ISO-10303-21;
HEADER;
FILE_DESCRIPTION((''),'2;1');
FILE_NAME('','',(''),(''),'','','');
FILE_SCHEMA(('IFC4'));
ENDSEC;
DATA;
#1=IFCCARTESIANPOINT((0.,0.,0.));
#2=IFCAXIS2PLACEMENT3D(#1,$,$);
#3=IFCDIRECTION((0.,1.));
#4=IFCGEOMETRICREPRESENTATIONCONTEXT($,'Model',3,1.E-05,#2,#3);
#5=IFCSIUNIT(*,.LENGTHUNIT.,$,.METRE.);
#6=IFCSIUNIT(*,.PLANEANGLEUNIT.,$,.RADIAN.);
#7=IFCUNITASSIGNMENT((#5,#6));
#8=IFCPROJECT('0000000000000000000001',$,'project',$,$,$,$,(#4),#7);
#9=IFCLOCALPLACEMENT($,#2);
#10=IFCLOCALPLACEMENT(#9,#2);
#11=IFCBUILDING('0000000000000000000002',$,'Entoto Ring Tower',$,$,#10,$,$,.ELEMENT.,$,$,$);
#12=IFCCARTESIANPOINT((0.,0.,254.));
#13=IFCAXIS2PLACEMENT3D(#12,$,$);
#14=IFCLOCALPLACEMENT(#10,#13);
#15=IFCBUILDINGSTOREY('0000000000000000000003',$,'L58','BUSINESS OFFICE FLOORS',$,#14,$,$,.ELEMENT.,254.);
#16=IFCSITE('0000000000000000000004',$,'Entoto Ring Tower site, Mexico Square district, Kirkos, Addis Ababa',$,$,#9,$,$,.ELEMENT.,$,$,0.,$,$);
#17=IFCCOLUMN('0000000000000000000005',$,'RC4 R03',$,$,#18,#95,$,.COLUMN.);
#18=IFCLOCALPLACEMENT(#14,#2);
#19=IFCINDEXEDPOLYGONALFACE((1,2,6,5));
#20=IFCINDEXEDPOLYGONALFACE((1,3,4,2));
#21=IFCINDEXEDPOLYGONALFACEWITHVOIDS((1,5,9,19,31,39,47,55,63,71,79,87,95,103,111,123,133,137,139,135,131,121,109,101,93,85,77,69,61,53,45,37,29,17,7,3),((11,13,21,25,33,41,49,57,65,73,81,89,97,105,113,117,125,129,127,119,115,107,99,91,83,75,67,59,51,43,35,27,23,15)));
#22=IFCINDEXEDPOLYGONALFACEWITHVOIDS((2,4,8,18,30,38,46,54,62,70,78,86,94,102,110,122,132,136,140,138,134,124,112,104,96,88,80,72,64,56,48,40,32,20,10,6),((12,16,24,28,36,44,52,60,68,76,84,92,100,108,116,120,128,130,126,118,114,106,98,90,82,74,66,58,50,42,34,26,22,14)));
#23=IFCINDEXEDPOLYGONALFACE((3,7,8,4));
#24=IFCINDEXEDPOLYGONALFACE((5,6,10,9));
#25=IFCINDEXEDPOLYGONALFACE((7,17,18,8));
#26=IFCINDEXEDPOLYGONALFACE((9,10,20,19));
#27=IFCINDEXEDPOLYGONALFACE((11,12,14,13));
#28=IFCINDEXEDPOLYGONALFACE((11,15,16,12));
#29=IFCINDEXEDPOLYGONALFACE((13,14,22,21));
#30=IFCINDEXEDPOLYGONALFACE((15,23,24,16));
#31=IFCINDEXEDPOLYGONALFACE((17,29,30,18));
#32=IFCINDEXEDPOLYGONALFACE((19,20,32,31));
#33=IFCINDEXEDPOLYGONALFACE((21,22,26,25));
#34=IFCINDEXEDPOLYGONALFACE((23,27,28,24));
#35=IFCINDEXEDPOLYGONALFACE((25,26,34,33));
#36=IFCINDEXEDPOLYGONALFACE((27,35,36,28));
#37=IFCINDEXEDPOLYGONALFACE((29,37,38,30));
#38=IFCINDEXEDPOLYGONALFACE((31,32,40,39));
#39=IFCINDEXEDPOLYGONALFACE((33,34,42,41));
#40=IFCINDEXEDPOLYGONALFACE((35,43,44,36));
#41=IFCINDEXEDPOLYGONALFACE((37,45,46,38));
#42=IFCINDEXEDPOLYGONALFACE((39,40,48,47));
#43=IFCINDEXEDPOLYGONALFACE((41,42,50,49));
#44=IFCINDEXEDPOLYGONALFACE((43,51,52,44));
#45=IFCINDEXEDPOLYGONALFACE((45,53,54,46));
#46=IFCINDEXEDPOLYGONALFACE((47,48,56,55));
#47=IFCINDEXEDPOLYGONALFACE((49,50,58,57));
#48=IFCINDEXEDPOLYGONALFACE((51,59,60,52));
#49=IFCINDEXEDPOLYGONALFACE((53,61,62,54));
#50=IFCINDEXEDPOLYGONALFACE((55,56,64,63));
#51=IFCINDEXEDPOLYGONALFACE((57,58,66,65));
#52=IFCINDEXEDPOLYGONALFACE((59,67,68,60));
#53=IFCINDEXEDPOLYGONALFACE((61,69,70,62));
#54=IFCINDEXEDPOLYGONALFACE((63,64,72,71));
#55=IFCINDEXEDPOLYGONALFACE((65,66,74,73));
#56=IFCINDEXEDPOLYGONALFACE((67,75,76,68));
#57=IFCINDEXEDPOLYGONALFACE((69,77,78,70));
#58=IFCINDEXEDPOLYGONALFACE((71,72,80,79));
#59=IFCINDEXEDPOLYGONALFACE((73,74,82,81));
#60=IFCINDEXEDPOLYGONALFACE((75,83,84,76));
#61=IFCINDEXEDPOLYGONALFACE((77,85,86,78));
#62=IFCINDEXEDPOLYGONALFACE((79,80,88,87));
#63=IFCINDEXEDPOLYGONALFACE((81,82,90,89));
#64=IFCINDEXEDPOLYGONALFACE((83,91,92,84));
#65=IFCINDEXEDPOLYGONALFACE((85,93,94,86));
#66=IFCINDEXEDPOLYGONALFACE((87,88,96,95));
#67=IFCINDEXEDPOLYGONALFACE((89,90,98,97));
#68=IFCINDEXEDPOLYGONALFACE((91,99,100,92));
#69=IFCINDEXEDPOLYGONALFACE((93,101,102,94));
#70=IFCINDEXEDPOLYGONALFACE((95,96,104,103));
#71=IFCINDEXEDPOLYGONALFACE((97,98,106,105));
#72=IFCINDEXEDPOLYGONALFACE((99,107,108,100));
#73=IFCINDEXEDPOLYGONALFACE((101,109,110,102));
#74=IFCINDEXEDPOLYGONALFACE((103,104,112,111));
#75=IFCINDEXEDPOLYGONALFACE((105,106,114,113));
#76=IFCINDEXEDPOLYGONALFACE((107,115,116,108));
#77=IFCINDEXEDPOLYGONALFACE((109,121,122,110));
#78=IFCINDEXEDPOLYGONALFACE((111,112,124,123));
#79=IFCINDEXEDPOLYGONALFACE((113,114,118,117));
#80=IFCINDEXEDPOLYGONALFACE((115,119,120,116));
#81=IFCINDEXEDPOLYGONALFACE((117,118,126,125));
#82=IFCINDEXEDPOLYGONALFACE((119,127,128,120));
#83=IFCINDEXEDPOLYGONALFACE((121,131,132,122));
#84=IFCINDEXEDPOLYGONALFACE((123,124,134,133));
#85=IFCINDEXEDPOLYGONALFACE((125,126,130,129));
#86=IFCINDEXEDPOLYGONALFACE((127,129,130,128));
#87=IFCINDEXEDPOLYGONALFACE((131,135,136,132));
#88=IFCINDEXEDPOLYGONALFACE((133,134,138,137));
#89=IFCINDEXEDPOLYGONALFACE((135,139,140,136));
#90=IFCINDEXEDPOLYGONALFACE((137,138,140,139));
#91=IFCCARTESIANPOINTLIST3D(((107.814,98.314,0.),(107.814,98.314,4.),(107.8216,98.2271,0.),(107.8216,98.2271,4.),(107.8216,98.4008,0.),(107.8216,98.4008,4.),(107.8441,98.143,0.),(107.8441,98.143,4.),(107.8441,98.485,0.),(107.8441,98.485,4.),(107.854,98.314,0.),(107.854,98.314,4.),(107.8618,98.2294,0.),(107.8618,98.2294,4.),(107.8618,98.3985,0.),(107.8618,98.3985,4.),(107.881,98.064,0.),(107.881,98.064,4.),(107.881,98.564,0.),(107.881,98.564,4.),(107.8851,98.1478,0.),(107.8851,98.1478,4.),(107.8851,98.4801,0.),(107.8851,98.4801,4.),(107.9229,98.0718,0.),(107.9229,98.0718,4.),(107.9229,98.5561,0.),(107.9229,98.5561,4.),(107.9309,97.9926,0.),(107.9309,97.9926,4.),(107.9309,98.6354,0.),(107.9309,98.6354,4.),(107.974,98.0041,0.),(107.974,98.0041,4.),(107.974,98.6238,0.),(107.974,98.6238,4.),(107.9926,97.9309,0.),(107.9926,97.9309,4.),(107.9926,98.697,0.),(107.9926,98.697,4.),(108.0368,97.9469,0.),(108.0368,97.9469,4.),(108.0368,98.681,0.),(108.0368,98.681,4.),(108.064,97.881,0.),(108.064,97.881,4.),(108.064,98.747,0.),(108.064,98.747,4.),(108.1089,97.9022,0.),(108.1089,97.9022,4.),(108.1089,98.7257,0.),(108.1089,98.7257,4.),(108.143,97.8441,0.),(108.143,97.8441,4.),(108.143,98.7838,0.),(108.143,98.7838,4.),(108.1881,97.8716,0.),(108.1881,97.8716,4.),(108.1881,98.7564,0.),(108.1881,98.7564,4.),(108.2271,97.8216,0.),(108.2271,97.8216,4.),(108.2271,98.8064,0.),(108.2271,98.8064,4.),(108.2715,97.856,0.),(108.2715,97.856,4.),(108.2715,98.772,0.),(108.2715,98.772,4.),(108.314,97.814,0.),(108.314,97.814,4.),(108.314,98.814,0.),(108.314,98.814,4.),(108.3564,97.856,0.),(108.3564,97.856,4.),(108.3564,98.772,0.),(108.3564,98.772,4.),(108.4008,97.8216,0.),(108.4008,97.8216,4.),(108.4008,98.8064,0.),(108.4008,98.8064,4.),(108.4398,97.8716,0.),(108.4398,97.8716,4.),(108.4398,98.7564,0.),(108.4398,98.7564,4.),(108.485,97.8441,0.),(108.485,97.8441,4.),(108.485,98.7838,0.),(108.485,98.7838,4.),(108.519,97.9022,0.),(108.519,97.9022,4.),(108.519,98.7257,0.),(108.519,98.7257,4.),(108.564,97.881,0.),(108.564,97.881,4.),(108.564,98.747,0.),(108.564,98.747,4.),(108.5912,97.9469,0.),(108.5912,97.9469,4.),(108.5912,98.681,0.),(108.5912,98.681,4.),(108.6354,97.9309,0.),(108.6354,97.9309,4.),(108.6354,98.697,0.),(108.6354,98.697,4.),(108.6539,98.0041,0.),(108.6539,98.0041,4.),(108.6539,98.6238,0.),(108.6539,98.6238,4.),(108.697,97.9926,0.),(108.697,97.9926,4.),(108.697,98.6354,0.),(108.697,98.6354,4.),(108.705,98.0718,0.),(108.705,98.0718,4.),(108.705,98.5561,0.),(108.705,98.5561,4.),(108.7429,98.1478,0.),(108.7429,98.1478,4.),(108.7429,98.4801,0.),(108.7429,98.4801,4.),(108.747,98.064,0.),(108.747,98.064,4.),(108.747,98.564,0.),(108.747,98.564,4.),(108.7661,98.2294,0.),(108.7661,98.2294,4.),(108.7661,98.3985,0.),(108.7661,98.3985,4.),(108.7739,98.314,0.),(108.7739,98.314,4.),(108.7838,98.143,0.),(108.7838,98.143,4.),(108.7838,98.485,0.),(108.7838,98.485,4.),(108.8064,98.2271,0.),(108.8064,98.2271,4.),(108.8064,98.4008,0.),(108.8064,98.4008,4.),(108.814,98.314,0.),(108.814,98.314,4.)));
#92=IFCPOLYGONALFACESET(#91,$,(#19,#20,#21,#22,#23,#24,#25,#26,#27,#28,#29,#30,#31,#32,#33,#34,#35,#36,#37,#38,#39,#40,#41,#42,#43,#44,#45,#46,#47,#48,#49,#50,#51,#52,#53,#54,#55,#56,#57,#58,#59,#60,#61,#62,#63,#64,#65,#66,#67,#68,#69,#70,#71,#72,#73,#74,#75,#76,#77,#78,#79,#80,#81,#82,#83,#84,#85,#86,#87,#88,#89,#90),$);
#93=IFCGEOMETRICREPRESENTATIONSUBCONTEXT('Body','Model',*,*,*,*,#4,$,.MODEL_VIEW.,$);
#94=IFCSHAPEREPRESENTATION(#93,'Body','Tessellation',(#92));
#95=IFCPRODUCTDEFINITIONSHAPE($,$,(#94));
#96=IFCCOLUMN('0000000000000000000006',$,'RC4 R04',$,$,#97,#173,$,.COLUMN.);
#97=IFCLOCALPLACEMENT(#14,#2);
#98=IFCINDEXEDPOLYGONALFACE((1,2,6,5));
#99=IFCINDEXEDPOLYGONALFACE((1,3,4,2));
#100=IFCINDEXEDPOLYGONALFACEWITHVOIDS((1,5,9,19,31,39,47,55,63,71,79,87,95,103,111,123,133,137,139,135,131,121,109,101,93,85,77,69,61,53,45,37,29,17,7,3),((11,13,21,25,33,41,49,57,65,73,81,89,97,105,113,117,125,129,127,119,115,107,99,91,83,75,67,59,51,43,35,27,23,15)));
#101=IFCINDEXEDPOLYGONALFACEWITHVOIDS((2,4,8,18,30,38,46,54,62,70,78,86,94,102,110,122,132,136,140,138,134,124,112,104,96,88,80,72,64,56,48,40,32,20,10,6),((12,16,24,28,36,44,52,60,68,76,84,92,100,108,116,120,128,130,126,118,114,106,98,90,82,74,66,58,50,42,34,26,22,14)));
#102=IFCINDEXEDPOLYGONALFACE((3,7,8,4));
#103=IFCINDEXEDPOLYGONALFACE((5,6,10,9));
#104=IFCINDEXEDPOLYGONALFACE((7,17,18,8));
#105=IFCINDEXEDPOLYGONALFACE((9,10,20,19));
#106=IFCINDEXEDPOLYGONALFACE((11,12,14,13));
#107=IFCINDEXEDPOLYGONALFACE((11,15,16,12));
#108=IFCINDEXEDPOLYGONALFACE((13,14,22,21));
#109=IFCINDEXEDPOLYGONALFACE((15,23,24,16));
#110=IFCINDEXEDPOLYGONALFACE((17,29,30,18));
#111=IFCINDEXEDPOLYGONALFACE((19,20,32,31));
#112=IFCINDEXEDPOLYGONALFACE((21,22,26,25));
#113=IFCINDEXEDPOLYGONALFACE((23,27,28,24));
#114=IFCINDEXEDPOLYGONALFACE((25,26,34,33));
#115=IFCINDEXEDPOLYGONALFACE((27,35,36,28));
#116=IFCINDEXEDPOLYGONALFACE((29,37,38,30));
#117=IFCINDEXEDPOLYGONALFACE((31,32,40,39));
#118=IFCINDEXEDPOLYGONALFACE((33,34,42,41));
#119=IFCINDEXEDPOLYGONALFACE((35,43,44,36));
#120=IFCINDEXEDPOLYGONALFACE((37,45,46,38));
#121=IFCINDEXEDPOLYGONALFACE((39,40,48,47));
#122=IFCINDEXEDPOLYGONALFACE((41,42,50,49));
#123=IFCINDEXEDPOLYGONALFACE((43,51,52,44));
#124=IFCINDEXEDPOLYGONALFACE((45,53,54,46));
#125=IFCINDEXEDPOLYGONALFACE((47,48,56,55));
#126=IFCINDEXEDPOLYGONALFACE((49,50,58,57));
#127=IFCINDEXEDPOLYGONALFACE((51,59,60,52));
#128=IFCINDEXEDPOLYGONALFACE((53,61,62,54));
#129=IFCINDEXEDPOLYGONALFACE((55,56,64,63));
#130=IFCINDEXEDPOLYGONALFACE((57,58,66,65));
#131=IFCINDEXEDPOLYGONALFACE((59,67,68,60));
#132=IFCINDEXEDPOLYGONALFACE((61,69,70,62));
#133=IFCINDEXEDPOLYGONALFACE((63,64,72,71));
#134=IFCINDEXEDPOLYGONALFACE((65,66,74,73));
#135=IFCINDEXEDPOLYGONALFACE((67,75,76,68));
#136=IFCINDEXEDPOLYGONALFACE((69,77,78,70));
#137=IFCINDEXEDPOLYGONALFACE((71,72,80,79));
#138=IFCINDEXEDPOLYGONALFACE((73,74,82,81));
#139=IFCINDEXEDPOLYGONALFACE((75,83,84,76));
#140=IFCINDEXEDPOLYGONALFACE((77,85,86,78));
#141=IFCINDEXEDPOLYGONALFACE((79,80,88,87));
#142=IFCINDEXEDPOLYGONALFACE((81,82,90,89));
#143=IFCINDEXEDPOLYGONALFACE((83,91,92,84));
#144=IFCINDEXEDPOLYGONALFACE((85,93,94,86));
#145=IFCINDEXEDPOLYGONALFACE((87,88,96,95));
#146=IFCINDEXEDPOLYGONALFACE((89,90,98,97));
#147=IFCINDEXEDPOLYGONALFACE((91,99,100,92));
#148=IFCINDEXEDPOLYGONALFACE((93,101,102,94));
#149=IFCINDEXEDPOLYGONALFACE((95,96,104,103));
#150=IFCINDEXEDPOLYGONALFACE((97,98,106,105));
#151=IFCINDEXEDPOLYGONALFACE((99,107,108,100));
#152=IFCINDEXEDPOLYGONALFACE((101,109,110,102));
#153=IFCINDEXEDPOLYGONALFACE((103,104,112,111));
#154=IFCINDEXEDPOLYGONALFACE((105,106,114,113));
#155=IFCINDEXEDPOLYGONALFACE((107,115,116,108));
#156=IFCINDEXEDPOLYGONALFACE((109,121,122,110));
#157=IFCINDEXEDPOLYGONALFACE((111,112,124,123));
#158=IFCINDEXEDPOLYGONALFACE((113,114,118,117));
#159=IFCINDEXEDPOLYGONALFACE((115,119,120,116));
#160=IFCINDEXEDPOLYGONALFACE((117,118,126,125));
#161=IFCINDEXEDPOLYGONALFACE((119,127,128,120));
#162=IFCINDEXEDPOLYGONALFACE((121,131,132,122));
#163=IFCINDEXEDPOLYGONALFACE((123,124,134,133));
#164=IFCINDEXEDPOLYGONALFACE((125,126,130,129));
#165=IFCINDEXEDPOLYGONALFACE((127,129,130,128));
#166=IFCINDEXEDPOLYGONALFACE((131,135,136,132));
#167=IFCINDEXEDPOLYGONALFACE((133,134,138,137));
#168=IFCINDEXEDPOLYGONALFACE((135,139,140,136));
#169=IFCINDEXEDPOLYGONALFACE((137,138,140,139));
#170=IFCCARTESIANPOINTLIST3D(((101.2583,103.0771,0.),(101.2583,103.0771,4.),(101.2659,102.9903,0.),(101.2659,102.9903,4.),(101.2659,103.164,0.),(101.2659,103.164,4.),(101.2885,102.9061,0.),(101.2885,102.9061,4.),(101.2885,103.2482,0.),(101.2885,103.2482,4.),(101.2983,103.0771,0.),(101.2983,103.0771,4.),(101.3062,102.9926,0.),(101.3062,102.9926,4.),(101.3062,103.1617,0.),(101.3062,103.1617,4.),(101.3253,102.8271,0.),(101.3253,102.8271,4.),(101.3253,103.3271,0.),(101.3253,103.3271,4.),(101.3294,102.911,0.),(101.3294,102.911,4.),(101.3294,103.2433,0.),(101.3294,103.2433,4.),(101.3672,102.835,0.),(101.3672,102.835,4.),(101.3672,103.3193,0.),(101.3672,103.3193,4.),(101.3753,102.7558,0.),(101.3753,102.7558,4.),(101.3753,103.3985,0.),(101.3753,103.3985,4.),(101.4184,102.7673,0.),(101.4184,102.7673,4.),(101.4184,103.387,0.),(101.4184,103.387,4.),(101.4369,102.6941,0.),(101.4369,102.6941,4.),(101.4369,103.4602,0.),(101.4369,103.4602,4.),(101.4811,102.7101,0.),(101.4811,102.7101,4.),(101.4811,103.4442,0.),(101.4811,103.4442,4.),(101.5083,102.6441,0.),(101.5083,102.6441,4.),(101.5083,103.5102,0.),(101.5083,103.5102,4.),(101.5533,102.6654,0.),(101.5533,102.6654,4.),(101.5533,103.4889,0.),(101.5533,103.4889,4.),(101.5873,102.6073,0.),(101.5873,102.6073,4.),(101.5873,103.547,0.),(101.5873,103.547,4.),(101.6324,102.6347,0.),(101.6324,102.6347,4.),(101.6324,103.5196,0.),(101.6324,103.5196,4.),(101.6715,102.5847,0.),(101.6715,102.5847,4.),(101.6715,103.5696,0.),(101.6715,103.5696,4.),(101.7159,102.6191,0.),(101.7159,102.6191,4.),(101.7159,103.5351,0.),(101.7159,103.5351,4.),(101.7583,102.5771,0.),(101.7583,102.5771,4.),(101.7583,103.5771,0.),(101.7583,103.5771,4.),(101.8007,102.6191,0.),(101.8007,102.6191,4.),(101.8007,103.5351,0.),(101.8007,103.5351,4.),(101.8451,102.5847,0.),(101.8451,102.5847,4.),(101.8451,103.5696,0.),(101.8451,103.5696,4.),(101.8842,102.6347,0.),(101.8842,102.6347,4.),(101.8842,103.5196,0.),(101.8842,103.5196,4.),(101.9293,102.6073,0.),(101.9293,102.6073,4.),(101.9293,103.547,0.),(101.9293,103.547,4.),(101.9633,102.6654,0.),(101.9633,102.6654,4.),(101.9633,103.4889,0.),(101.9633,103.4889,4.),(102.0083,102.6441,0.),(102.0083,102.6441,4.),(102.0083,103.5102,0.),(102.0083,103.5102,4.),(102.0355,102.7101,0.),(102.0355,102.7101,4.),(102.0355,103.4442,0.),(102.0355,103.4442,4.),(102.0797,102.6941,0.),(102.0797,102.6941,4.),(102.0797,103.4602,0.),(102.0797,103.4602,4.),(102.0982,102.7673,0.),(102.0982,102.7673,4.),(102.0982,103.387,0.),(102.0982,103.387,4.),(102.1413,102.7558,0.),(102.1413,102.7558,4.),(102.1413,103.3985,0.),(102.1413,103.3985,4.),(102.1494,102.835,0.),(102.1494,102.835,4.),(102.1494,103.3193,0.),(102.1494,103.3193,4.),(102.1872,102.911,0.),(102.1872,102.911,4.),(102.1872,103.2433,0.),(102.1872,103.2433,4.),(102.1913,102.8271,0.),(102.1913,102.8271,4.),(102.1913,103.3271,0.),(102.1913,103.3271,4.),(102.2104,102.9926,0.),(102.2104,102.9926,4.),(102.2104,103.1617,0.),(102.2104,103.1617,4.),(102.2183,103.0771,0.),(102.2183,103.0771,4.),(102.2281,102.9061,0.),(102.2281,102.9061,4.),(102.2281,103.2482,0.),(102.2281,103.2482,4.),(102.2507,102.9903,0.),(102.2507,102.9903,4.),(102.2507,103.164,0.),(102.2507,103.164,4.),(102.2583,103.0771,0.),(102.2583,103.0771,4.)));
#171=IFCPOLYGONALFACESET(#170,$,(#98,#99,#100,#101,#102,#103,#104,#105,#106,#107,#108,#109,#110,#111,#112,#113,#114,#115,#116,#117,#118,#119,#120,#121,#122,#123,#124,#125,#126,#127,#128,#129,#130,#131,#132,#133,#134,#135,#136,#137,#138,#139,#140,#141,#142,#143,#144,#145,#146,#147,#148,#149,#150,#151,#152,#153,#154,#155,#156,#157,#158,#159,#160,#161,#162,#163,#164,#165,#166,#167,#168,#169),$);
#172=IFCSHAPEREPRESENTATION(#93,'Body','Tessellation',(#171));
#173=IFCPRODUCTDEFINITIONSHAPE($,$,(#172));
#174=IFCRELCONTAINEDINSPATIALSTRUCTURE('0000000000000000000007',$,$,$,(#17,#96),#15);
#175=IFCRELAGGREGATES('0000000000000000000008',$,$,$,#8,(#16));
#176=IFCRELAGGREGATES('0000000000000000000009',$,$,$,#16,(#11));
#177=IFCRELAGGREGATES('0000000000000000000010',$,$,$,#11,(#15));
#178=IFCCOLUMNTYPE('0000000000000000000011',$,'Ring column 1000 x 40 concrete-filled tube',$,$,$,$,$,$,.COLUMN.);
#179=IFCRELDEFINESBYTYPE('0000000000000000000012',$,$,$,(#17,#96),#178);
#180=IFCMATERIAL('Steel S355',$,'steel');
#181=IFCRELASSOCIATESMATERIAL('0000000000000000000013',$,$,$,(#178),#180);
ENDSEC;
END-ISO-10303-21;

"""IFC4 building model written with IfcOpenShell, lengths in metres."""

from ifc_helpers import new_model, si_unit, direction, frame, origin, origin_2d, place, context, subcontext, project, spatial, circle, hollow_circle, extrude, material, material_profile, profile_set, type_object, element, save


model = new_model("IFC4")

# Units and contexts
model_context = context("Model", 3, precision=1e-05, world=origin(), true_north=direction((0.0, 1.0)))
body_context = subcontext(model_context, "Body", "Model", "MODEL_VIEW")
ifc_project = project(units=[si_unit("LENGTHUNIT", "METRE"), si_unit("PLANEANGLEUNIT", "RADIAN")], contexts=[model_context])

# Site, building, storey
site_placement = place(None, origin())
site = spatial("IfcSite", under=ifc_project, at=site_placement, Name="Entoto Ring Tower site, Mexico Square district, Kirkos, Addis Ababa", CompositionType="ELEMENT", RefElevation=0.0)
building_placement = place(site_placement, origin())
building = spatial("IfcBuilding", under=site, at=building_placement, Name="Entoto Ring Tower", CompositionType="ELEMENT")
storey_placement = place(building_placement, frame((0.0, 0.0, 254.0)))
storey = spatial("IfcBuildingStorey", under=building, at=storey_placement, Name="L58", Description="BUSINESS OFFICE FLOORS", CompositionType="ELEMENT", Elevation=254.0)

# Columns
ifc_material_1 = material(Name="Steel S355", Category="steel")
ifc_material_profile_1 = material_profile(ifc_material_1, hollow_circle(Radius=0.5, WallThickness=0.04, at=origin_2d()), Name="CHS 1000 x 40")
ifc_material_2 = material(Name="Concrete C60/75", Category="concrete")
ifc_material_profile_2 = material_profile(ifc_material_2, circle(Radius=0.46, at=origin_2d()), Name="Concrete C60/75 infill")
ifc_profile_set_1 = profile_set([ifc_material_profile_1, ifc_material_profile_2], Name="Steel S355")
column_type = type_object("IfcColumnType", Name="Ring column 1000 x 40 concrete-filled tube", PredefinedType="COLUMN", material=ifc_profile_set_1)
for number, where, z_axis, x_axis, name in (
    (1, (108.314, 98.314, 0.0), (0.0, 0.0, 1.0), (1.0, 0.0, 0.0), "RC4 R03"),
    (2, (101.7583, 103.0771, 0.0), (0.0, 0.0, 1.0), (1.0, 0.0, 0.0), "RC4 R04"),
):
    element("IfcColumn", number, at=place(storey_placement, frame(where, z_axis=z_axis, x_axis=x_axis)), inside=storey, type_object=column_type, Name=name, PredefinedType="COLUMN", context=body_context, shape_type="SweptSolid", body=[
        extrude(hollow_circle(Radius=0.5, WallThickness=0.04, at=origin_2d()), origin(), (0.0, 0.0, 1.0), 4.0),
    ])

save(model, "model.ifc")
